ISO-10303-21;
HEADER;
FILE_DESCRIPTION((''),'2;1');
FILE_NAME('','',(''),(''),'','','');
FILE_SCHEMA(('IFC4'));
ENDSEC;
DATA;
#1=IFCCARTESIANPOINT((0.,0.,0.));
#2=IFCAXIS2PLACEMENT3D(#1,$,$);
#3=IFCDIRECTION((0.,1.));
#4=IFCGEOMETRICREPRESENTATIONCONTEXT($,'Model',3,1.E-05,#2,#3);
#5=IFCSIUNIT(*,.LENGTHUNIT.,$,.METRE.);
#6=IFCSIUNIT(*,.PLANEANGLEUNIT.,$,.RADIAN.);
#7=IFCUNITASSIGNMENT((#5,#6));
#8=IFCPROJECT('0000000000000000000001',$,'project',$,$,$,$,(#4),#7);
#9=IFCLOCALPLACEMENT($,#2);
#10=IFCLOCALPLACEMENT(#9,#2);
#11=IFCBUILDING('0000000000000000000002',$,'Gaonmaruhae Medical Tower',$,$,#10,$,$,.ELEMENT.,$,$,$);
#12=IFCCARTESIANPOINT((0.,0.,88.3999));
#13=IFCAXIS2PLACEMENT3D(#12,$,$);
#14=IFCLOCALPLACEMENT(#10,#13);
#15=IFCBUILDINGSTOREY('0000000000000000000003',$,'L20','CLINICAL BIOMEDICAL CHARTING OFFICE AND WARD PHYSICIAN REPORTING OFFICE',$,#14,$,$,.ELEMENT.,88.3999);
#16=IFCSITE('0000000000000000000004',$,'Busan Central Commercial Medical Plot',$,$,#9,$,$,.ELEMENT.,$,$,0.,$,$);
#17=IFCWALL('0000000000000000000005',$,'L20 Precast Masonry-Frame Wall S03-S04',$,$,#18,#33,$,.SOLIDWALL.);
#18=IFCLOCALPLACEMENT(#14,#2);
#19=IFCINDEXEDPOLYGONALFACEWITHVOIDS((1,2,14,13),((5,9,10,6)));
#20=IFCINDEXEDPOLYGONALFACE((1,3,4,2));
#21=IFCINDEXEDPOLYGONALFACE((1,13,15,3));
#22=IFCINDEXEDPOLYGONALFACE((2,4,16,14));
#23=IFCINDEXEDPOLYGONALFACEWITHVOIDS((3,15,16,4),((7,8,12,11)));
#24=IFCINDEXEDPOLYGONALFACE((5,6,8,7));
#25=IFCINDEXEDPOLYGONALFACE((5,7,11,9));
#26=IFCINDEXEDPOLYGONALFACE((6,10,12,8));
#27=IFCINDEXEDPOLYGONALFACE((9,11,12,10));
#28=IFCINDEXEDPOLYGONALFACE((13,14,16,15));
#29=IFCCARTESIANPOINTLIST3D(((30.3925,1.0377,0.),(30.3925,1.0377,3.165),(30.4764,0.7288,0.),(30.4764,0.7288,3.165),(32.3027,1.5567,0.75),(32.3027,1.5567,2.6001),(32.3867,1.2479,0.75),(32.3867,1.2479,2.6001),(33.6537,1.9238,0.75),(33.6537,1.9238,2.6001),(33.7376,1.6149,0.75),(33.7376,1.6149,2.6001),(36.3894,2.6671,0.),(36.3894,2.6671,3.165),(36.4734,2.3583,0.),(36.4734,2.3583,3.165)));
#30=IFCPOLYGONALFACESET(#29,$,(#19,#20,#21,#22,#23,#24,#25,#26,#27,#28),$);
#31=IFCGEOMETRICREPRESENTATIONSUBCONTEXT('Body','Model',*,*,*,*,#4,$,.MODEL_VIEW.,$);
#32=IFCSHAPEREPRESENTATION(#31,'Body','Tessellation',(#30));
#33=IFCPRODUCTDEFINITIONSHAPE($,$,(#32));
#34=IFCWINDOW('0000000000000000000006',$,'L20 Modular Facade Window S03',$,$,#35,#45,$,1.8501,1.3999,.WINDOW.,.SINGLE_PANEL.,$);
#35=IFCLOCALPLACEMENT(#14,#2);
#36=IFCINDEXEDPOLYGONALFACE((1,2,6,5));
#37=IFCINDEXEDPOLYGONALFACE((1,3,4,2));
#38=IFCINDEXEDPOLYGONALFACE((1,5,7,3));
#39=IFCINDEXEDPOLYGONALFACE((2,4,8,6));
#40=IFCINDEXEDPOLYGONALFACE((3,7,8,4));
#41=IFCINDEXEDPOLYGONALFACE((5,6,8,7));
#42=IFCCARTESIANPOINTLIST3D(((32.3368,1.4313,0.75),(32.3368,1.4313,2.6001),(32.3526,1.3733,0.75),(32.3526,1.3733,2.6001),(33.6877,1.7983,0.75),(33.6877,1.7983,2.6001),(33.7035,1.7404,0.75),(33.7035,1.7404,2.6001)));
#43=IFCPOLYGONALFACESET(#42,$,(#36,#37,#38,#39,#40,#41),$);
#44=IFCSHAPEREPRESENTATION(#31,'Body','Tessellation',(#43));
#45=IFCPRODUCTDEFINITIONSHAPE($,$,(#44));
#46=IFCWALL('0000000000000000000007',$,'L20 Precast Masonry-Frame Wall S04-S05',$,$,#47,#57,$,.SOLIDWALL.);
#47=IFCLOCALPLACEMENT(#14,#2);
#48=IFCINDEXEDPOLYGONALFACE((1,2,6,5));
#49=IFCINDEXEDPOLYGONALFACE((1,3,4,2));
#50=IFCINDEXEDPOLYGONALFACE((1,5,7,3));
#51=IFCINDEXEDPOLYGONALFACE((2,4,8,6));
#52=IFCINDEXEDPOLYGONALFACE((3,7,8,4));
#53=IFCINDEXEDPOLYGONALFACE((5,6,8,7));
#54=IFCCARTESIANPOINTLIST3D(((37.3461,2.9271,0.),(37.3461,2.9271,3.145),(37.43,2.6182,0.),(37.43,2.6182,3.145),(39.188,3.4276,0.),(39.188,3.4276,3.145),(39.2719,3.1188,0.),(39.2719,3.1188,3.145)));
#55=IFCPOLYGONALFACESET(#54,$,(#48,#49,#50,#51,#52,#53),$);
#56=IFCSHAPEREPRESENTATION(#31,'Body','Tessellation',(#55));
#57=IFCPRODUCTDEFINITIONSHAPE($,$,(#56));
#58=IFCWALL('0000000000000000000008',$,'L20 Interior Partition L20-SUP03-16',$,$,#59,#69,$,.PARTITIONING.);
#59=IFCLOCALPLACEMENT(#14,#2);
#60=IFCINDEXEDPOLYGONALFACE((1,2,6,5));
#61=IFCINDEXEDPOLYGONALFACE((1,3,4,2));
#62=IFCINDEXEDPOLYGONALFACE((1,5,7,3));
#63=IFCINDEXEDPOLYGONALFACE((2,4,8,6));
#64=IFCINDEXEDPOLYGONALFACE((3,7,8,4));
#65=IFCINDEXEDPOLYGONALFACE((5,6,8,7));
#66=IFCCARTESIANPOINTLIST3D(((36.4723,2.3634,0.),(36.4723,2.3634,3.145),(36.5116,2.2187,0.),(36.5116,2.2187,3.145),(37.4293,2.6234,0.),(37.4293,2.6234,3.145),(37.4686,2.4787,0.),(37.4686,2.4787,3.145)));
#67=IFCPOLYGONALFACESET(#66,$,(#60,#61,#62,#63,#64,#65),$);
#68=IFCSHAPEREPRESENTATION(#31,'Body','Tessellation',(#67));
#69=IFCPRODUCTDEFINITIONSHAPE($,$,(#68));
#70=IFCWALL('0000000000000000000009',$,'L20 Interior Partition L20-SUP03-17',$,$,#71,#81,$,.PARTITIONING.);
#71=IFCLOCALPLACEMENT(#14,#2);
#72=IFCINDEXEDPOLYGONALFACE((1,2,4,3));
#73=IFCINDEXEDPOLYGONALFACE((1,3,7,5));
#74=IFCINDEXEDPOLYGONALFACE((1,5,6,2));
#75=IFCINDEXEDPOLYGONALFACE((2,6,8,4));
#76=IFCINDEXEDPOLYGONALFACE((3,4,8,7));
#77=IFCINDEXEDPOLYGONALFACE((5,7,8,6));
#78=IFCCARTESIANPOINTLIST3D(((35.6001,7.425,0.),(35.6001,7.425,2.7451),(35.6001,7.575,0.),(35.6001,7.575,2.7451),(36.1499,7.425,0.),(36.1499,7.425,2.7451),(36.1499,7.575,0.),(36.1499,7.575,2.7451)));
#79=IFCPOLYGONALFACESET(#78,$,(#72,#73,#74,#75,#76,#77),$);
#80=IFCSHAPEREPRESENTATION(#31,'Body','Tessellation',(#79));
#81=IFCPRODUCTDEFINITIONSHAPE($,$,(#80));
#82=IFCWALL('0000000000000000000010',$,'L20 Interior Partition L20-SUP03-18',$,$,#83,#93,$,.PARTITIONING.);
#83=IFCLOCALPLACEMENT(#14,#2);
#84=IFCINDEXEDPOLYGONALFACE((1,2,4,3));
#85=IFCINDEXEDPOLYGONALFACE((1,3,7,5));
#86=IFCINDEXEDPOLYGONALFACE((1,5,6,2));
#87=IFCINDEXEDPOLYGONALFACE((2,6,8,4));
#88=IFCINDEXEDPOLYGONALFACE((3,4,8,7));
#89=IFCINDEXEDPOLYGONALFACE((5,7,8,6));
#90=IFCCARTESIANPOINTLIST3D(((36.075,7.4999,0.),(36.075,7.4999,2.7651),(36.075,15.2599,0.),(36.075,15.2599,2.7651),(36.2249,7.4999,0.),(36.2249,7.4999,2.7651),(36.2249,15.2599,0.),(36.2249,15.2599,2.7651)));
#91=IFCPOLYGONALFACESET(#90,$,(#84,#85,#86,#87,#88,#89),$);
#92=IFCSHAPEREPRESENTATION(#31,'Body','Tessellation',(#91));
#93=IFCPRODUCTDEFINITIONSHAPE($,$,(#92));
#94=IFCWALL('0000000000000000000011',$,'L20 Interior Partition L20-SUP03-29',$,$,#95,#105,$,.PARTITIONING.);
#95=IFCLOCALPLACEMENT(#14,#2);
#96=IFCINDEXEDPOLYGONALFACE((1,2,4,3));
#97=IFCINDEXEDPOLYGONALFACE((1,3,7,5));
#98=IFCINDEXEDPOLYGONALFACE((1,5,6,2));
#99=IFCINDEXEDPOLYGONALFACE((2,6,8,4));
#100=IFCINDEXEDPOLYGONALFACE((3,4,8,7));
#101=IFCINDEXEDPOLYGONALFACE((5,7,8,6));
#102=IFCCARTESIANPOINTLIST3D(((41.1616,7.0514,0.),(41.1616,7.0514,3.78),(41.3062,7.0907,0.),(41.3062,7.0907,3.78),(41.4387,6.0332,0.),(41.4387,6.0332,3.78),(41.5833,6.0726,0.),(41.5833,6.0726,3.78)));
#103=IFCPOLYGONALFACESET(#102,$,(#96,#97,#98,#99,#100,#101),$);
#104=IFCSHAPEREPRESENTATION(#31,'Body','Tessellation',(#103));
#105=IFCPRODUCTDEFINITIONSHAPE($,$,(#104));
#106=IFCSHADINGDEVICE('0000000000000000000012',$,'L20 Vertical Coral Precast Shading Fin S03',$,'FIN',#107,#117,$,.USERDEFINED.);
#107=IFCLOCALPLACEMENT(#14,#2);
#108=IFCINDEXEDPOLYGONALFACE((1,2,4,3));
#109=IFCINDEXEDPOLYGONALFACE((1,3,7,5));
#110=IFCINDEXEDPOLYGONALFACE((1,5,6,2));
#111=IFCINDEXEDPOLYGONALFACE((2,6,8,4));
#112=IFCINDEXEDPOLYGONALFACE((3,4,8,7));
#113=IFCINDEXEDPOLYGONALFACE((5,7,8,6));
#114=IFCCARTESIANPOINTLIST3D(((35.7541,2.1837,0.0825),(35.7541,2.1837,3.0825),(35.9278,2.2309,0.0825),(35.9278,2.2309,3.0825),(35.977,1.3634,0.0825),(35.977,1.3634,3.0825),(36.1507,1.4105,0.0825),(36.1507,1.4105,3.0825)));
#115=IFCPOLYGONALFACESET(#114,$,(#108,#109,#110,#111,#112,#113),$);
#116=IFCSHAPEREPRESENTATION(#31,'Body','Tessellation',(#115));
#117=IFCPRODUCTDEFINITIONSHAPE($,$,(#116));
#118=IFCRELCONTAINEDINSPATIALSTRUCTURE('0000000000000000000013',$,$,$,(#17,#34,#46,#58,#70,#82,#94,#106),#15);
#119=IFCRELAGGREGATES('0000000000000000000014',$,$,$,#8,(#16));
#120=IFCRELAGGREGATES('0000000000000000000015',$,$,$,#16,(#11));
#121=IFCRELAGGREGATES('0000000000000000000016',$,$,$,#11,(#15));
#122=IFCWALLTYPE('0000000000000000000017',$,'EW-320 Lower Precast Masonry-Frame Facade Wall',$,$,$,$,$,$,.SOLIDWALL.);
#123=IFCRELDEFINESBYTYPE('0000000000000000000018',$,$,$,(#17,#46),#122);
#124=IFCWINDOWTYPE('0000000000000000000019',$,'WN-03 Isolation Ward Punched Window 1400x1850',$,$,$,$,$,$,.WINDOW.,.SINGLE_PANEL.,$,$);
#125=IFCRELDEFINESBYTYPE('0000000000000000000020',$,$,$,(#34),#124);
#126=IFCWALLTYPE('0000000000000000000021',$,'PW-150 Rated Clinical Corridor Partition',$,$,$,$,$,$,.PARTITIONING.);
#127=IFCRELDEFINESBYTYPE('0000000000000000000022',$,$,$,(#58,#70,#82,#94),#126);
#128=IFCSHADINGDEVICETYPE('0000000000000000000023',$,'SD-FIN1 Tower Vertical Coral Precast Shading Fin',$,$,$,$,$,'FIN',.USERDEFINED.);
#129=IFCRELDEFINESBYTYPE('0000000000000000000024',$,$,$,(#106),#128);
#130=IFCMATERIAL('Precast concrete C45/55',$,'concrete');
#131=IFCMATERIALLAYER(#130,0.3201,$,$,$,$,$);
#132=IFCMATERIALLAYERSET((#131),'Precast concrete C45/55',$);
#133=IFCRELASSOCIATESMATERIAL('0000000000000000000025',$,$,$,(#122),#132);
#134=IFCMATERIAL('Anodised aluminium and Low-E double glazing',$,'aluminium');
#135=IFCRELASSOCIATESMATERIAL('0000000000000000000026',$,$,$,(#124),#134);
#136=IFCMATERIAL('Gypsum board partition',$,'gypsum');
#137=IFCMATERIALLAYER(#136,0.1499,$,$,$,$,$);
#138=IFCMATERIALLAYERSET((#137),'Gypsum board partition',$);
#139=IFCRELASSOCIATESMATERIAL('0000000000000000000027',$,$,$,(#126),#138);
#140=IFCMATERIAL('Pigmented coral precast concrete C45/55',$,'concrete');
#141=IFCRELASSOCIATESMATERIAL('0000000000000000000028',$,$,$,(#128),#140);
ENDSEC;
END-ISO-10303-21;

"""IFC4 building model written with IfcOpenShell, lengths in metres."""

from ifc_helpers import new_model, si_unit, direction, frame, frame_2d, origin, origin_2d, place, context, subcontext, project, spatial, rectangle, extrude, material, layer, layer_set, type_object, element, fill, save


model = new_model("IFC4")

# Units and contexts
model_context = context("Model", 3, precision=1e-05, world=origin(), true_north=direction((0.0, 1.0)))
body_context = subcontext(model_context, "Body", "Model", "MODEL_VIEW")
ifc_project = project(units=[si_unit("LENGTHUNIT", "METRE"), si_unit("PLANEANGLEUNIT", "RADIAN")], contexts=[model_context])

# Site, building, storey
site_placement = place(None, origin())
site = spatial("IfcSite", under=ifc_project, at=site_placement, Name="Busan Central Commercial Medical Plot", CompositionType="ELEMENT", RefElevation=0.0)
building_placement = place(site_placement, origin())
building = spatial("IfcBuilding", under=site, at=building_placement, Name="Gaonmaruhae Medical Tower", CompositionType="ELEMENT")
storey_placement = place(building_placement, frame((0.0, 0.0, 88.3999)))
storey = spatial("IfcBuildingStorey", under=building, at=storey_placement, Name="L20", Description="CLINICAL BIOMEDICAL CHARTING OFFICE AND WARD PHYSICIAN REPORTING OFFICE", CompositionType="ELEMENT", Elevation=88.3999)

# Shared definitions
ifc_material_1 = material(Name="Precast concrete C45/55", Category="concrete")

# Wall, opening, window
ifc_layer_1 = layer(ifc_material_1, 0.3201)
ifc_layer_set_1 = layer_set([ifc_layer_1], Name="Precast concrete C45/55")
wall_type_1 = type_object("IfcWallType", Name="EW-320 Lower Precast Masonry-Frame Facade Wall", PredefinedType="SOLIDWALL", material=ifc_layer_set_1)
wall_1_placement = place(storey_placement, frame((36.4314, 2.5127, 0.0), z_axis=(0.0, 0.0, 1.0), x_axis=(-0.965013, -0.262203, 0.0)))
wall_1 = element("IfcWall", 1, at=wall_1_placement, inside=storey, type_object=wall_type_1, Name="L20 Precast Masonry-Frame Wall S03-S04", PredefinedType="SOLIDWALL", context=body_context, shape_type="SweptSolid", body=[
    extrude(rectangle(XDim=6.2144, YDim=0.3201, at=frame_2d((3.1072, 0.0))), origin(), (0.0, 0.0, 1.0), 3.165),
])
opening_placement = place(wall_1_placement, frame((2.835, 0.0, 0.75)))
opening = element("IfcOpeningElement", 2, at=opening_placement, cuts=wall_1, PredefinedType="OPENING", context=body_context, shape_type="SweptSolid", body=[
    extrude(rectangle(XDim=1.3999, YDim=1.8501, at=frame_2d((0.7, 0.925))), frame((0.0, 0.1699, 0.0), z_axis=(0.0, -1.0, 0.0), x_axis=(1.0, 0.0, 0.0)), (0.0, 0.0, 1.0), 0.3401),
])
ifc_material_2 = material(Name="Anodised aluminium and Low-E double glazing", Category="aluminium")
window_type = type_object("IfcWindowType", Name="WN-03 Isolation Ward Punched Window 1400x1850", PartitioningType="SINGLE_PANEL", PredefinedType="WINDOW", material=ifc_material_2)
window_placement = place(opening_placement, origin())
window = element("IfcWindow", 3, at=window_placement, inside=storey, type_object=window_type, Name="L20 Modular Facade Window S03", OverallHeight=1.8501, OverallWidth=1.3999, PartitioningType="SINGLE_PANEL", PredefinedType="WINDOW", context=body_context, shape_type="SweptSolid", body=[
    extrude(rectangle(XDim=1.3999, YDim=1.8501, at=frame_2d((0.7, 0.925))), frame((0.0, 0.03, 0.0), z_axis=(0.0, -1.0, 0.0), x_axis=(1.0, 0.0, 0.0)), (0.0, 0.0, 1.0), 0.0601),
])
fill(opening, window)

# Walls
wall_2_placement = place(storey_placement, frame((39.23, 3.2732, 0.0), z_axis=(0.0, 0.0, 1.0), x_axis=(-0.965005, -0.26223, 0.0)))
element("IfcWall", 4, at=wall_2_placement, inside=storey, type_object=wall_type_1, Name="L20 Precast Masonry-Frame Wall S04-S05", PredefinedType="SOLIDWALL", context=body_context, shape_type="SweptSolid", body=[
    extrude(rectangle(XDim=1.9087, YDim=0.3201, at=frame_2d((0.9543, 0.0))), origin(), (0.0, 0.0, 1.0), 3.145),
])
ifc_material_3 = material(Name="Gypsum board partition", Category="gypsum")
ifc_layer_2 = layer(ifc_material_3, 0.1499)
ifc_layer_set_2 = layer_set([ifc_layer_2], Name="Gypsum board partition")
wall_type_2 = type_object("IfcWallType", Name="PW-150 Rated Clinical Corridor Partition", PredefinedType="PARTITIONING", material=ifc_layer_set_2)
wall_3_placement = place(storey_placement, frame((37.449, 2.551, 0.0), z_axis=(0.0, 0.0, 1.0), x_axis=(-0.965019, -0.26218, 0.0)))
element("IfcWall", 5, at=wall_3_placement, inside=storey, type_object=wall_type_2, Name="L20 Interior Partition L20-SUP03-16", PredefinedType="PARTITIONING", context=body_context, shape_type="SweptSolid", body=[
    extrude(rectangle(XDim=0.9917, YDim=0.1499, at=frame_2d((0.4958, 0.0))), origin(), (0.0, 0.0, 1.0), 3.145),
])
wall_4_placement = place(storey_placement, frame((35.6001, 7.5, 0.0), z_axis=(0.0, 0.0, 1.0), x_axis=(1.0, 0.0, 0.0)))
element("IfcWall", 6, at=wall_4_placement, inside=storey, type_object=wall_type_2, Name="L20 Interior Partition L20-SUP03-17", PredefinedType="PARTITIONING", context=body_context, shape_type="SweptSolid", body=[
    extrude(rectangle(XDim=0.5498, YDim=0.1499, at=frame_2d((0.2749, 0.0))), origin(), (0.0, 0.0, 1.0), 2.7451),
])
wall_5_placement = place(storey_placement, frame((36.1499, 7.5, 0.0), z_axis=(0.0, 0.0, 1.0), x_axis=(0.0, 1.0, 0.0)))
element("IfcWall", 7, at=wall_5_placement, inside=storey, type_object=wall_type_2, Name="L20 Interior Partition L20-SUP03-18", PredefinedType="PARTITIONING", context=body_context, shape_type="SweptSolid", body=[
    extrude(rectangle(XDim=7.76, YDim=0.1499, at=frame_2d((3.8799, 0.0))), origin(), (0.0, 0.0, 1.0), 2.7651),
])
wall_6_placement = place(storey_placement, frame((41.2339, 7.071, 0.0), z_axis=(0.0, 0.0, 1.0), x_axis=(0.262628, -0.964897, 0.0)))
element("IfcWall", 8, at=wall_6_placement, inside=storey, type_object=wall_type_2, Name="L20 Interior Partition L20-SUP03-29", PredefinedType="PARTITIONING", context=body_context, shape_type="SweptSolid", body=[
    extrude(rectangle(XDim=1.0552, YDim=0.1499, at=frame_2d((0.5276, 0.0))), origin(), (0.0, 0.0, 1.0), 3.78),
])

# Shading device
ifc_material_4 = material(Name="Pigmented coral precast concrete C45/55", Category="concrete")
shading_device_type = type_object("IfcShadingDeviceType", Name="SD-FIN1 Tower Vertical Coral Precast Shading Fin", ElementType="FIN", PredefinedType="USERDEFINED", material=ifc_material_4)
shading_device_placement = place(storey_placement, frame((35.9524, 1.7971, 0.0825), z_axis=(0.0, 0.0, 1.0), x_axis=(-0.965016, -0.262189, 0.0)))
element("IfcShadingDevice", 9, at=shading_device_placement, inside=storey, type_object=shading_device_type, Name="L20 Vertical Coral Precast Shading Fin S03", ObjectType="FIN", PredefinedType="USERDEFINED", context=body_context, shape_type="SweptSolid", body=[
    extrude(rectangle(XDim=0.1799, YDim=0.8501, at=origin_2d()), origin(), (0.0, 0.0, 1.0), 3.0),
])

save(model, "model.ifc")
